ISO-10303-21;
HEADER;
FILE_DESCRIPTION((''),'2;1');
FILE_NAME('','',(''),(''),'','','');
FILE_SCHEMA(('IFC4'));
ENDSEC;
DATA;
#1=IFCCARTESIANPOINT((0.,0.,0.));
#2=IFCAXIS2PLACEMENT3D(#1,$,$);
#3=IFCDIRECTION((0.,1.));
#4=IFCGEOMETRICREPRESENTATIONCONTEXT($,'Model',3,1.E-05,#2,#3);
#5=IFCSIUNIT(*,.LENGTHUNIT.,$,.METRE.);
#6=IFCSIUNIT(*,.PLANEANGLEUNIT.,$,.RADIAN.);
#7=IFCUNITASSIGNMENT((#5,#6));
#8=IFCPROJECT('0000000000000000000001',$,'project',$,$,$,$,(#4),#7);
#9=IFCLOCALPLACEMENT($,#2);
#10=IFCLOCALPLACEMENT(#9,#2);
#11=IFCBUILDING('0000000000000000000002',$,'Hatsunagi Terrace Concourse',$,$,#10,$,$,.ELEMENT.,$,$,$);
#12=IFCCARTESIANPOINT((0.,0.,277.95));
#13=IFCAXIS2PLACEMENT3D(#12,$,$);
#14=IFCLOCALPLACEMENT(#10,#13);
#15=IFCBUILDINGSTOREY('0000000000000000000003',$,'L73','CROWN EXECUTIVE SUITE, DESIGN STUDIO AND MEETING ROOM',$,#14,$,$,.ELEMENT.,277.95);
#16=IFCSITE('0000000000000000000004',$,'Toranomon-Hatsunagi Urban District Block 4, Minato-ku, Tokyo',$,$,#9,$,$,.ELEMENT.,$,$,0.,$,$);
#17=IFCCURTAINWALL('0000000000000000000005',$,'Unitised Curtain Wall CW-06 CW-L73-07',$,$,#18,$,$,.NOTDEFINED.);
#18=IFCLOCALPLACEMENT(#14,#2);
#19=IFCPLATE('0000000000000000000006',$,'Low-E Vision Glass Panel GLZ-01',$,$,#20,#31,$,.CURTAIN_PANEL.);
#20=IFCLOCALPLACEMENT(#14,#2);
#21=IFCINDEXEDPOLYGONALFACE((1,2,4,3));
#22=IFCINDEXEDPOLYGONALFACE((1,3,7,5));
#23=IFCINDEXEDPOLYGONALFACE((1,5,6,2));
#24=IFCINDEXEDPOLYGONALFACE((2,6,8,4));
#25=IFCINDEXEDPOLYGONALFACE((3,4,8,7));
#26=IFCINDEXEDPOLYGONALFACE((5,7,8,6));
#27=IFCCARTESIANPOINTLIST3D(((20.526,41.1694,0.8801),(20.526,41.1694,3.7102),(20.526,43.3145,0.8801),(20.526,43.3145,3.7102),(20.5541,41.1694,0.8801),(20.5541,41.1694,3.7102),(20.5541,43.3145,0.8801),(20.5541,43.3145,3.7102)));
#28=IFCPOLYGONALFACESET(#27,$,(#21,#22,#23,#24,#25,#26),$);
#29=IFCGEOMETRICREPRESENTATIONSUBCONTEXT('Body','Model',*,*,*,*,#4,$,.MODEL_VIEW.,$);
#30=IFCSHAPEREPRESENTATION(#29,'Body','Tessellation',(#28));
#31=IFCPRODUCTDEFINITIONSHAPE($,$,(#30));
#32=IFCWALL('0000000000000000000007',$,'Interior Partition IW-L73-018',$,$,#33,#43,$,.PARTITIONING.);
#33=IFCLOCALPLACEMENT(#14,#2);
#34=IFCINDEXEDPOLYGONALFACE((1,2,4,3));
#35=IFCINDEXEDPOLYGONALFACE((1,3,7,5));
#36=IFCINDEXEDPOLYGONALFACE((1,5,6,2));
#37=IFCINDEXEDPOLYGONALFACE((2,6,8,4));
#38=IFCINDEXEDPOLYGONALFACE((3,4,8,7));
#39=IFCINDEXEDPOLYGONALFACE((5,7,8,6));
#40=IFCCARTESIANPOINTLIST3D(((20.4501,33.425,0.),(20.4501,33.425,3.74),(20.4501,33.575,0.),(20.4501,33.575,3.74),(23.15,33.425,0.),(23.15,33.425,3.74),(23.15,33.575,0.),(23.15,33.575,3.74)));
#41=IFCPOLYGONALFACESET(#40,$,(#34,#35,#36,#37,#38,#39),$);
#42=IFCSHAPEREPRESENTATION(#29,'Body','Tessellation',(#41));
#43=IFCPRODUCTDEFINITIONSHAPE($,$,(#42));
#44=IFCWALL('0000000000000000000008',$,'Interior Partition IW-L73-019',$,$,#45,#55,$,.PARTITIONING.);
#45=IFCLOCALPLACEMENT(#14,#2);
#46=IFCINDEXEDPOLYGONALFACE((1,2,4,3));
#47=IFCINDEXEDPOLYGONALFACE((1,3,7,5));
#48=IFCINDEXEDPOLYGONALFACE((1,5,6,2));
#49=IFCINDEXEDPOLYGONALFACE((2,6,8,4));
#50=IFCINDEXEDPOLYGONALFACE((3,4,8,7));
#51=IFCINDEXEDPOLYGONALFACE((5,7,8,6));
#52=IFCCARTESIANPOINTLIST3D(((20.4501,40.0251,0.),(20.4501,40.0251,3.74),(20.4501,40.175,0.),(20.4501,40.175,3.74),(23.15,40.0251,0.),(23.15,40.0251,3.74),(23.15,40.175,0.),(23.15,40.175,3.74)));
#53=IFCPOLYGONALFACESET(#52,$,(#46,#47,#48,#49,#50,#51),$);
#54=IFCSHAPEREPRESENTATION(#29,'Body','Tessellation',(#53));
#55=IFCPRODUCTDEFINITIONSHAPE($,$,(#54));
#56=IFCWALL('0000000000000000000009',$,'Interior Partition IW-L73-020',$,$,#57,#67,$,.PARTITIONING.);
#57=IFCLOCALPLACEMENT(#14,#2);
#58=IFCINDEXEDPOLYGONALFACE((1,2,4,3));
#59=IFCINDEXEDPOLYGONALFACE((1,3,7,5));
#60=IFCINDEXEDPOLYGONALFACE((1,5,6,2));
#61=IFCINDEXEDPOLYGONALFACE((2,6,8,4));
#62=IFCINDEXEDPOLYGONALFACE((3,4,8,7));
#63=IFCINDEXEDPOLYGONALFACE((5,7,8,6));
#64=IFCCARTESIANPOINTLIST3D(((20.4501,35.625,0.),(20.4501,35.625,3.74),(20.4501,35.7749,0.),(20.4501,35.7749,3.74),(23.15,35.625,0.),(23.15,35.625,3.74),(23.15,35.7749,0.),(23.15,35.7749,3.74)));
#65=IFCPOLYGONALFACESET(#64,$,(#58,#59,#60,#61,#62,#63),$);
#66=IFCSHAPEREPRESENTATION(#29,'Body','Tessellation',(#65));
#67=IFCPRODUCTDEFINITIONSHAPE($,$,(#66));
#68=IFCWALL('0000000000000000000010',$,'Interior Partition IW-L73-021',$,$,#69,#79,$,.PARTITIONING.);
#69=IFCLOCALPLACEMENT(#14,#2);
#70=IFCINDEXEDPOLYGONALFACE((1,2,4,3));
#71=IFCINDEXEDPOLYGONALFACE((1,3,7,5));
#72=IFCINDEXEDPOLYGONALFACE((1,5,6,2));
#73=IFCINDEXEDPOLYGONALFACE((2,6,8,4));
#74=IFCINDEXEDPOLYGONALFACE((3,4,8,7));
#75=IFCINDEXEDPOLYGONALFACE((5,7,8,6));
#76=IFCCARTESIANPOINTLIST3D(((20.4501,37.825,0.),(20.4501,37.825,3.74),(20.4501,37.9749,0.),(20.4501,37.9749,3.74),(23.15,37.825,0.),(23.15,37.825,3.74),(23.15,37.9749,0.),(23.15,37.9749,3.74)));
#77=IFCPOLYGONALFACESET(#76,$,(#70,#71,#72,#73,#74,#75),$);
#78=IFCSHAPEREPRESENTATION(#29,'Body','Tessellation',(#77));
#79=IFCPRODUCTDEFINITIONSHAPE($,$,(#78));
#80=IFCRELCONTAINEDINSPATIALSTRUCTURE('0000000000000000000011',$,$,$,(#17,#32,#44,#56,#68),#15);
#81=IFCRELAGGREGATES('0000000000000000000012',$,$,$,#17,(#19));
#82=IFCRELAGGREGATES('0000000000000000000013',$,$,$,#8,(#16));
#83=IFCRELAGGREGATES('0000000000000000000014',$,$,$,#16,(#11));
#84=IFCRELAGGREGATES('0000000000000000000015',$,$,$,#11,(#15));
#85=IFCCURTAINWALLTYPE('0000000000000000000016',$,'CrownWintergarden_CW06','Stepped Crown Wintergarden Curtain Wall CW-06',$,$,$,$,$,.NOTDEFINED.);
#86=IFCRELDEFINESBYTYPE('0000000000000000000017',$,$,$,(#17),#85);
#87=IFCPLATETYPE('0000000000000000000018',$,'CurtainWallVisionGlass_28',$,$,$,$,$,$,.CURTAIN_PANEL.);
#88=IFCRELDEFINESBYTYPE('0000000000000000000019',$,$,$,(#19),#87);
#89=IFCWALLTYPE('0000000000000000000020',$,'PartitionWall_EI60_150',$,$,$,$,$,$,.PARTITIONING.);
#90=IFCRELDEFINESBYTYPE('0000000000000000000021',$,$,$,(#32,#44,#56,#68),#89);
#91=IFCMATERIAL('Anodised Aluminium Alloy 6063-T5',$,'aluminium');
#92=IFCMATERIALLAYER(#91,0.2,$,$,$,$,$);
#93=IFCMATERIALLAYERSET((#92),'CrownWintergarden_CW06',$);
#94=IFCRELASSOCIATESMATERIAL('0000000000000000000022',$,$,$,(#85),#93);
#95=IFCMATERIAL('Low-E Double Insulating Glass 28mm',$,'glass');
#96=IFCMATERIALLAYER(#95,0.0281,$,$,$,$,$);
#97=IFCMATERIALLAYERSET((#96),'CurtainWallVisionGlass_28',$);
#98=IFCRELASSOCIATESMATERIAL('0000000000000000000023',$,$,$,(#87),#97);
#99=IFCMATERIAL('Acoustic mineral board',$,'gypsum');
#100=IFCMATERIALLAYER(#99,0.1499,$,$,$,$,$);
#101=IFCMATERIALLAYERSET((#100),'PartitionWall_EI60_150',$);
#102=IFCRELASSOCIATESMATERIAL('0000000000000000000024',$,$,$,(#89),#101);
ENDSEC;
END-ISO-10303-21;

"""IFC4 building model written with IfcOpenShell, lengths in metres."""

from ifc_helpers import new_model, si_unit, direction, frame, frame_2d, origin, origin_2d, place, context, subcontext, project, spatial, rectangle, extrude, material, layer, layer_set, type_object, element, aggregate, save


model = new_model("IFC4")

# Units and contexts
model_context = context("Model", 3, precision=1e-05, world=origin(), true_north=direction((0.0, 1.0)))
body_context = subcontext(model_context, "Body", "Model", "MODEL_VIEW")
ifc_project = project(units=[si_unit("LENGTHUNIT", "METRE"), si_unit("PLANEANGLEUNIT", "RADIAN")], contexts=[model_context])

# Site, building, storey
site_placement = place(None, origin())
site = spatial("IfcSite", under=ifc_project, at=site_placement, Name="Toranomon-Hatsunagi Urban District Block 4, Minato-ku, Tokyo", CompositionType="ELEMENT", RefElevation=0.0)
building_placement = place(site_placement, origin())
building = spatial("IfcBuilding", under=site, at=building_placement, Name="Hatsunagi Terrace Concourse", CompositionType="ELEMENT")
storey_placement = place(building_placement, frame((0.0, 0.0, 277.95)))
storey = spatial("IfcBuildingStorey", under=building, at=storey_placement, Name="L73", Description="CROWN EXECUTIVE SUITE, DESIGN STUDIO AND MEETING ROOM", CompositionType="ELEMENT", Elevation=277.95)

# Curtain wall, plate
ifc_material_1 = material(Name="Anodised Aluminium Alloy 6063-T5", Category="aluminium")
ifc_layer_1 = layer(ifc_material_1, 0.2)
ifc_layer_set_1 = layer_set([ifc_layer_1], Name="CrownWintergarden_CW06")
curtain_wall_type = type_object("IfcCurtainWallType", Name="CrownWintergarden_CW06", Description="Stepped Crown Wintergarden Curtain Wall CW-06", PredefinedType="NOTDEFINED", material=ifc_layer_set_1)
curtain_wall_placement = place(storey_placement, origin())
curtain_wall = element("IfcCurtainWall", 1, at=curtain_wall_placement, inside=storey, type_object=curtain_wall_type, Name="Unitised Curtain Wall CW-06 CW-L73-07", PredefinedType="NOTDEFINED")
ifc_material_2 = material(Name="Low-E Double Insulating Glass 28mm", Category="glass")
ifc_layer_2 = layer(ifc_material_2, 0.0281)
ifc_layer_set_2 = layer_set([ifc_layer_2], Name="CurtainWallVisionGlass_28")
plate_type_1 = type_object("IfcPlateType", Name="CurtainWallVisionGlass_28", PredefinedType="CURTAIN_PANEL", material=ifc_layer_set_2)
plate_1_placement = place(storey_placement, frame((20.54, 42.2419, 0.8801), z_axis=(0.0, 0.0, 1.0), x_axis=(0.0, 1.0, 0.0)))
plate_1 = element("IfcPlate", 2, at=plate_1_placement, type_object=plate_type_1, Name="Low-E Vision Glass Panel GLZ-01", PredefinedType="CURTAIN_PANEL", context=body_context, shape_type="SweptSolid", body=[
    extrude(rectangle(XDim=2.145, YDim=0.0281, at=origin_2d()), origin(), (0.0, 0.0, 1.0), 2.8301),
])
aggregate(curtain_wall, [plate_1])

# Walls
ifc_material_3 = material(Name="Acoustic mineral board", Category="gypsum")
ifc_layer_3 = layer(ifc_material_3, 0.1499)
ifc_layer_set_3 = layer_set([ifc_layer_3], Name="PartitionWall_EI60_150")
wall_type = type_object("IfcWallType", Name="PartitionWall_EI60_150", PredefinedType="PARTITIONING", material=ifc_layer_set_3)
for number, where, z_axis, x_axis, name in (
    (3, (20.45, 33.5, 0.0), (0.0, 0.0, 1.0), (1.0, 0.0, 0.0), "Interior Partition IW-L73-018"),
    (4, (20.45, 40.1001, 0.0), (0.0, 0.0, 1.0), (1.0, 0.0, 0.0), "Interior Partition IW-L73-019"),
    (5, (20.45, 35.7, 0.0), (0.0, 0.0, 1.0), (1.0, 0.0, 0.0), "Interior Partition IW-L73-020"),
    (6, (20.45, 37.8999, 0.0), (0.0, 0.0, 1.0), (1.0, 0.0, 0.0), "Interior Partition IW-L73-021"),
):
    element("IfcWall", number, at=place(storey_placement, frame(where, z_axis=z_axis, x_axis=x_axis)), inside=storey, type_object=wall_type, Name=name, PredefinedType="PARTITIONING", context=body_context, shape_type="SweptSolid", body=[
        extrude(rectangle(XDim=2.7, YDim=0.1499, at=frame_2d((1.3501, 0.0))), origin(), (0.0, 0.0, 1.0), 3.74),
    ])

save(model, "model.ifc")
